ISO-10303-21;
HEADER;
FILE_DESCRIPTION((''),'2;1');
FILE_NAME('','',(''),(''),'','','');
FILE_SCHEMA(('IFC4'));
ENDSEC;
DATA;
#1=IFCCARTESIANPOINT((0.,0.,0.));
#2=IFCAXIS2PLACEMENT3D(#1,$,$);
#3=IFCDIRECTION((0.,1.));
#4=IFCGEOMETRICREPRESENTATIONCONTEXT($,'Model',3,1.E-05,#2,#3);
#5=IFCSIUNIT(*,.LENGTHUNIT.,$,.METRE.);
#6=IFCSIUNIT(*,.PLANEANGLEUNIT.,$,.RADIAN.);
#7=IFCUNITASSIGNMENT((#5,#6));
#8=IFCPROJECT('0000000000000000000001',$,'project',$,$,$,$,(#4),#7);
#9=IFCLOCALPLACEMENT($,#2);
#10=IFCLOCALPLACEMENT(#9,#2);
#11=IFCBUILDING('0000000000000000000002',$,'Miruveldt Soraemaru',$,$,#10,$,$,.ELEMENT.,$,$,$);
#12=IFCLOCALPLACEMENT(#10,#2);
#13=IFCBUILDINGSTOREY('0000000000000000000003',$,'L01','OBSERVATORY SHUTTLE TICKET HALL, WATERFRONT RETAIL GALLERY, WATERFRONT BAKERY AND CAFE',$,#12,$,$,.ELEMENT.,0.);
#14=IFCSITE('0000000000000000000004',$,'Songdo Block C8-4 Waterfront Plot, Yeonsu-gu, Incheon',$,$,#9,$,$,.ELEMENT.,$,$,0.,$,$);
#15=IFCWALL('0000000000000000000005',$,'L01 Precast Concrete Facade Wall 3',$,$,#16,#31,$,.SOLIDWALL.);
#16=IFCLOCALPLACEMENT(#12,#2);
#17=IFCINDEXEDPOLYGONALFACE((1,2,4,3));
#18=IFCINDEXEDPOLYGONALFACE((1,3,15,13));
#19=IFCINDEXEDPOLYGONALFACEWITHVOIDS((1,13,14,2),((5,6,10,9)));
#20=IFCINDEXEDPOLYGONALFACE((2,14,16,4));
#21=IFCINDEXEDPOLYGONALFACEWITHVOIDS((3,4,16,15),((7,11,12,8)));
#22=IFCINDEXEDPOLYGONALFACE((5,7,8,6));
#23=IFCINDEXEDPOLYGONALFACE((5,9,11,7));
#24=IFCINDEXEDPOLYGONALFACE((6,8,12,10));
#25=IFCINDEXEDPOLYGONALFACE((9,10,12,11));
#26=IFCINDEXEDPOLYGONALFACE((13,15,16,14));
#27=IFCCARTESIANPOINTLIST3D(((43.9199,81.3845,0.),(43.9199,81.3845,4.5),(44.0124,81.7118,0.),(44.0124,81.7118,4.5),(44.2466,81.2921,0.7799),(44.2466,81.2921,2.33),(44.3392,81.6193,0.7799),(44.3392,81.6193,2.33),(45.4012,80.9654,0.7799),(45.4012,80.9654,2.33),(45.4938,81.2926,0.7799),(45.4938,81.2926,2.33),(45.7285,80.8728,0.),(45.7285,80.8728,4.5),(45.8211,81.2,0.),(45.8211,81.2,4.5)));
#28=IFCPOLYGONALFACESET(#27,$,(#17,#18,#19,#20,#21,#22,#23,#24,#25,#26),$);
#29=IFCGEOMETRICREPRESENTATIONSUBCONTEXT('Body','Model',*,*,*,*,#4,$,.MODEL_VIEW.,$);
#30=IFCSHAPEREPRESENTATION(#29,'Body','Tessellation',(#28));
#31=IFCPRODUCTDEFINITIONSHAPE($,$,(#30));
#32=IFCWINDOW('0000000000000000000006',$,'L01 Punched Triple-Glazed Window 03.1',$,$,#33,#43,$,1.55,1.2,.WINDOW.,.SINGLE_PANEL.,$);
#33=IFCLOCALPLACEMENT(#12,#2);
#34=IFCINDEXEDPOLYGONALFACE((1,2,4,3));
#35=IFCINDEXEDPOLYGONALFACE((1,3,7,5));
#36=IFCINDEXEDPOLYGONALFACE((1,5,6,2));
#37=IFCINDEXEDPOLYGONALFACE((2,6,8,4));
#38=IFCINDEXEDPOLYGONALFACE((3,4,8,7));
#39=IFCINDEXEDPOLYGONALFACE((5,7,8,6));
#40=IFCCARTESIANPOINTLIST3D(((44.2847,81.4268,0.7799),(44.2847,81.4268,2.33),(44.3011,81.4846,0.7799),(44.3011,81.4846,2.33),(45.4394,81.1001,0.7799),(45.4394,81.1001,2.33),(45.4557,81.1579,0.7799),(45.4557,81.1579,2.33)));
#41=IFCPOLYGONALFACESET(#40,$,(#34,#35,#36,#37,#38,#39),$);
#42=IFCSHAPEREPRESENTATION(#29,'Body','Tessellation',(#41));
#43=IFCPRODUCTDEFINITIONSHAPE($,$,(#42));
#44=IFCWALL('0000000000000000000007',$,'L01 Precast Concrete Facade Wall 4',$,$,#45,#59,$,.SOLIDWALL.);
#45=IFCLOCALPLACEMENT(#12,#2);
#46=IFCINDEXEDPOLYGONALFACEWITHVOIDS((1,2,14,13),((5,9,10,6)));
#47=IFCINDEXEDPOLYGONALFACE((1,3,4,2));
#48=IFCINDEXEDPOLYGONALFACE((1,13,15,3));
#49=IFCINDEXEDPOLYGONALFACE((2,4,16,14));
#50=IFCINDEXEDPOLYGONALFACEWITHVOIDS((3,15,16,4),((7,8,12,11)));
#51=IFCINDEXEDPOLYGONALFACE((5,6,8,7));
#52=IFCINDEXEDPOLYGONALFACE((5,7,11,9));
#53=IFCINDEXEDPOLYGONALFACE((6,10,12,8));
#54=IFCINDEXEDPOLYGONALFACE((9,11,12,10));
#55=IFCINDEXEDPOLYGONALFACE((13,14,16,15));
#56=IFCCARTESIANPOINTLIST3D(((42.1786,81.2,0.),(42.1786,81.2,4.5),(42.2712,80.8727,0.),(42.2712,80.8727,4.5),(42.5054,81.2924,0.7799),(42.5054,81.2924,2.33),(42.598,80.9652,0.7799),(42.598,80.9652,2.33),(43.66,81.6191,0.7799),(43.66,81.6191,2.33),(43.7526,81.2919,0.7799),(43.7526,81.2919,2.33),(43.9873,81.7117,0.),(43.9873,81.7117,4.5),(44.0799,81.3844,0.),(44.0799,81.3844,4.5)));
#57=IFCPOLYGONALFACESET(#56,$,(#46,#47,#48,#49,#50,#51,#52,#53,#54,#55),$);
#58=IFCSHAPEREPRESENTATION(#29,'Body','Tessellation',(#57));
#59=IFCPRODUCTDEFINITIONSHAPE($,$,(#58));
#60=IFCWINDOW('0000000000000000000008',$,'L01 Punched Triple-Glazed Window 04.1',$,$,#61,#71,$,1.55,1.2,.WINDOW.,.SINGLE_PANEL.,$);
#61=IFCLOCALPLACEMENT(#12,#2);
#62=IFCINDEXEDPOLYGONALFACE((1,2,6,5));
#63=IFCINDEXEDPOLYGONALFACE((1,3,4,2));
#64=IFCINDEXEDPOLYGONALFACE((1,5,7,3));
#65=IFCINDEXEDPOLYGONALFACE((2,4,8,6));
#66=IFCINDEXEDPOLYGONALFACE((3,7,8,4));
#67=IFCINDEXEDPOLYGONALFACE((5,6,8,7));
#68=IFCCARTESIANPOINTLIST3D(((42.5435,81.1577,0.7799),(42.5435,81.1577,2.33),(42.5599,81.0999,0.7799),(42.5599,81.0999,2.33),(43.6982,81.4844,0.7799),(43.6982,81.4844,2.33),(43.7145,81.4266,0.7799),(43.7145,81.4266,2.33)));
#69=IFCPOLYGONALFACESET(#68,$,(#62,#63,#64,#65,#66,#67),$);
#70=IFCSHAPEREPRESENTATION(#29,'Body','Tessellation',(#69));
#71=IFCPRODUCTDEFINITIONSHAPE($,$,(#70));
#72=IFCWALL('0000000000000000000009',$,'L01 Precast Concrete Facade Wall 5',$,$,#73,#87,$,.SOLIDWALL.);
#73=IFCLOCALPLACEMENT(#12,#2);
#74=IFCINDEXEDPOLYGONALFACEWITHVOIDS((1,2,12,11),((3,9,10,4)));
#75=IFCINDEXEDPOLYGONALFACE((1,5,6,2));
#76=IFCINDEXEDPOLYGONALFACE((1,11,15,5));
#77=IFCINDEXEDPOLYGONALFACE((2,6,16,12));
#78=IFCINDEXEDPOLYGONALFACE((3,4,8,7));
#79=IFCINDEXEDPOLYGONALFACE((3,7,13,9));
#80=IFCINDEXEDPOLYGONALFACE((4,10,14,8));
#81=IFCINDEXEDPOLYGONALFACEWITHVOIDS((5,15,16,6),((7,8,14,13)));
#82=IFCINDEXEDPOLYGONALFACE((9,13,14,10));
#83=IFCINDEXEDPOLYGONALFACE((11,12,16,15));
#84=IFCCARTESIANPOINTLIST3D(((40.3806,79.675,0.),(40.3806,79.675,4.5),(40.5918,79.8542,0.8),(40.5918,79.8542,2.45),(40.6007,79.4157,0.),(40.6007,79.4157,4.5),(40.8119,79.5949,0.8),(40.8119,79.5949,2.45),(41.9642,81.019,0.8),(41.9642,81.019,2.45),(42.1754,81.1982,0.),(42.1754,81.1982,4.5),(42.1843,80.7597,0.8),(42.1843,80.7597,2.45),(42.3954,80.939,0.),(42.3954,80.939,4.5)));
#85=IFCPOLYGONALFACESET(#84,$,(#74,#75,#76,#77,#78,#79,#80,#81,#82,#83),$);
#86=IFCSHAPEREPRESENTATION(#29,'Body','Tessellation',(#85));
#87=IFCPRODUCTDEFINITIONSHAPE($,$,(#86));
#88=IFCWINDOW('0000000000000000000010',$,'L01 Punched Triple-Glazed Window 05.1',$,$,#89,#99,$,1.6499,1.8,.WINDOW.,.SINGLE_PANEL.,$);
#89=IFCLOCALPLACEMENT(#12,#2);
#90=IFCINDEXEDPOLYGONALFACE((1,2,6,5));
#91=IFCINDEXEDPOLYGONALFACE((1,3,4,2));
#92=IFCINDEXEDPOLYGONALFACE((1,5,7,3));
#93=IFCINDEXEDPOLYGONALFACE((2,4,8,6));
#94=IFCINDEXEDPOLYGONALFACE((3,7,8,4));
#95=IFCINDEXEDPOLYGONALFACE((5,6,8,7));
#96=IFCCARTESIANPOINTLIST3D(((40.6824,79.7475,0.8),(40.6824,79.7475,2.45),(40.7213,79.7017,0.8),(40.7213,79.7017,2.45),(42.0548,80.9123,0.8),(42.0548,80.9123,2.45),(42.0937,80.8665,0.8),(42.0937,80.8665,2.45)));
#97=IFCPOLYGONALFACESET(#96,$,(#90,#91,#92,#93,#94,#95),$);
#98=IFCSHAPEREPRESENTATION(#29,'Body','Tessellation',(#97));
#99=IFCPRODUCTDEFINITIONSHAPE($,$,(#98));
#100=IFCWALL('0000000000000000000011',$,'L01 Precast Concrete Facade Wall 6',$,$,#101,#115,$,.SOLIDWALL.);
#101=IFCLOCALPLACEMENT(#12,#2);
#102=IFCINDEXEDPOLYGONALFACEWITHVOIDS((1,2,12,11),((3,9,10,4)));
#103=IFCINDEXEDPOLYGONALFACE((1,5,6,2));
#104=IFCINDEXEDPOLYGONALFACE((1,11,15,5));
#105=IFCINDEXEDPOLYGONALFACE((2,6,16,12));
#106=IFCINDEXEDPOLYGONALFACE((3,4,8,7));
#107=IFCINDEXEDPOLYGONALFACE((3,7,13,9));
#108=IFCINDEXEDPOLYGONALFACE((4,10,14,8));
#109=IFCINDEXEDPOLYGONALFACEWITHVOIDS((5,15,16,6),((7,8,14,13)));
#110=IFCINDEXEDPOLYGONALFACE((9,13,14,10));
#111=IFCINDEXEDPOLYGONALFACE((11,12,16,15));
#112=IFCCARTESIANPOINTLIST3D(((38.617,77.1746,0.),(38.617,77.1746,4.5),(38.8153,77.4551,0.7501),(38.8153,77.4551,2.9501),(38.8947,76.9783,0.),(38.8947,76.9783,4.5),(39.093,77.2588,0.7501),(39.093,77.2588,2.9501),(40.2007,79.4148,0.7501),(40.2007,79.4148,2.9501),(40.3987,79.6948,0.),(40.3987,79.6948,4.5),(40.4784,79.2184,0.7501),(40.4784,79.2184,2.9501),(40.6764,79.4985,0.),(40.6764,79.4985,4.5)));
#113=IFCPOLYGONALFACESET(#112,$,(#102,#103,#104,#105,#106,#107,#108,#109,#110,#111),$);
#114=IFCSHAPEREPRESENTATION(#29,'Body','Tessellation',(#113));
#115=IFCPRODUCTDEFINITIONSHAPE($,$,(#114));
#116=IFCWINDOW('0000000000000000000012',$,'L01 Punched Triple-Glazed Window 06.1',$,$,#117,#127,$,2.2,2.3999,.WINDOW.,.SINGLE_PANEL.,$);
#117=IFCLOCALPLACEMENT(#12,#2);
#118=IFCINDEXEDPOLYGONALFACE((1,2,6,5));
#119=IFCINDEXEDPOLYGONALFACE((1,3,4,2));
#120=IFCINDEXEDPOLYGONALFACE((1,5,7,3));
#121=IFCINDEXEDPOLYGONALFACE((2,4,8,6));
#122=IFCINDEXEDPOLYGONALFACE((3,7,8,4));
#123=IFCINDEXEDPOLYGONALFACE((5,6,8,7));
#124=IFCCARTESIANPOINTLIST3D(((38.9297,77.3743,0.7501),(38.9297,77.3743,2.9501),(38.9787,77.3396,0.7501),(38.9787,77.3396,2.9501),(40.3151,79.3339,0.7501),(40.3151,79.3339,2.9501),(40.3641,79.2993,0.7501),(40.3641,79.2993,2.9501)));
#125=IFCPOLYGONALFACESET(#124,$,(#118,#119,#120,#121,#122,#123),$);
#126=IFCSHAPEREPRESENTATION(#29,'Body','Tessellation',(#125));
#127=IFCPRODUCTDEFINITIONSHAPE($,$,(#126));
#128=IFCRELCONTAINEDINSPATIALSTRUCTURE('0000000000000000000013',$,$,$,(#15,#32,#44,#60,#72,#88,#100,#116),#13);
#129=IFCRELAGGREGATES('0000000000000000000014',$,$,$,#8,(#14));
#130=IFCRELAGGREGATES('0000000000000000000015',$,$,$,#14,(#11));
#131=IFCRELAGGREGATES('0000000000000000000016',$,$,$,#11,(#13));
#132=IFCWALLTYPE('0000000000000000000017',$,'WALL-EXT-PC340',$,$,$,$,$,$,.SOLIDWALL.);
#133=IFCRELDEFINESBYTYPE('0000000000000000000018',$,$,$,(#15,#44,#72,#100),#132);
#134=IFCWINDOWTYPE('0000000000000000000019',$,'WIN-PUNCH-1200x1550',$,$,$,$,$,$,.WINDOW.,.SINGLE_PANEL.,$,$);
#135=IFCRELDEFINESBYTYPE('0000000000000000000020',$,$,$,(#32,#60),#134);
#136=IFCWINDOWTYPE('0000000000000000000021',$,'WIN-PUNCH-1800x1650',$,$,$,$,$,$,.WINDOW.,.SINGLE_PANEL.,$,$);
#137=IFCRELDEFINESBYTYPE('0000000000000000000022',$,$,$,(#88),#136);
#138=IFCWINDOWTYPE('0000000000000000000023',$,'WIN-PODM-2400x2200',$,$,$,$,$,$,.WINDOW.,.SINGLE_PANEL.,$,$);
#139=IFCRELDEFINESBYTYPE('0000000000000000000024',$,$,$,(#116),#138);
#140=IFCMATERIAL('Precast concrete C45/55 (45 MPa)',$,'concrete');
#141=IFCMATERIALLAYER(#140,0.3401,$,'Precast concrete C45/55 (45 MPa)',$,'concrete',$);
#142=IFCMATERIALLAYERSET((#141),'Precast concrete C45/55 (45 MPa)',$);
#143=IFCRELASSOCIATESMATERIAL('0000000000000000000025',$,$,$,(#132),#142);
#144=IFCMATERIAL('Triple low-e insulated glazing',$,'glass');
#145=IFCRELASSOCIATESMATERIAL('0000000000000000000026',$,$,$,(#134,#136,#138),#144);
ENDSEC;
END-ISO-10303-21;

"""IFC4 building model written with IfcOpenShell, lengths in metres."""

from ifc_helpers import new_model, si_unit, direction, frame, frame_2d, origin, place, context, subcontext, project, spatial, rectangle, extrude, material, layer, layer_set, type_object, element, fill, save


model = new_model("IFC4")

# Units and contexts
model_context = context("Model", 3, precision=1e-05, world=origin(), true_north=direction((0.0, 1.0)))
body_context = subcontext(model_context, "Body", "Model", "MODEL_VIEW")
ifc_project = project(units=[si_unit("LENGTHUNIT", "METRE"), si_unit("PLANEANGLEUNIT", "RADIAN")], contexts=[model_context])

# Site, building, storey
site_placement = place(None, origin())
site = spatial("IfcSite", under=ifc_project, at=site_placement, Name="Songdo Block C8-4 Waterfront Plot, Yeonsu-gu, Incheon", CompositionType="ELEMENT", RefElevation=0.0)
building_placement = place(site_placement, origin())
building = spatial("IfcBuilding", under=site, at=building_placement, Name="Miruveldt Soraemaru", CompositionType="ELEMENT")
storey_placement = place(building_placement, origin())
storey = spatial("IfcBuildingStorey", under=building, at=storey_placement, Name="L01", Description="OBSERVATORY SHUTTLE TICKET HALL, WATERFRONT RETAIL GALLERY, WATERFRONT BAKERY AND CAFE", CompositionType="ELEMENT", Elevation=0.0)

# Walls, openings, windows
ifc_material_1 = material(Name="Precast concrete C45/55 (45 MPa)", Category="concrete")
ifc_layer_1 = layer(ifc_material_1, 0.3401, Name="Precast concrete C45/55 (45 MPa)", Category="concrete")
ifc_layer_set_1 = layer_set([ifc_layer_1], Name="Precast concrete C45/55 (45 MPa)")
wall_type_1 = type_object("IfcWallType", Name="WALL-EXT-PC340", PredefinedType="SOLIDWALL", material=ifc_layer_set_1)
wall_1_placement = place(storey_placement, frame((45.7749, 81.0364, 0.0), z_axis=(0.0, 0.0, 1.0), x_axis=(-0.962227, 0.27225, 0.0)))
wall_1 = element("IfcWall", 1, at=wall_1_placement, inside=storey, type_object=wall_type_1, Name="L01 Precast Concrete Facade Wall 3", PredefinedType="SOLIDWALL", context=body_context, shape_type="SweptSolid", body=[
    extrude(rectangle(XDim=1.8796, YDim=0.3401, at=frame_2d((0.9399, 0.0))), origin(), (0.0, 0.0, 1.0), 4.5),
])
opening_1_placement = place(wall_1_placement, frame((0.3401, 0.0, 0.78)))
opening_1 = element("IfcOpeningElement", 2, at=opening_1_placement, cuts=wall_1, PredefinedType="OPENING", context=body_context, shape_type="SweptSolid", body=[
    extrude(rectangle(XDim=1.2, YDim=1.55, at=frame_2d((0.6001, 0.7749))), frame((0.0, 0.1802, 0.0), z_axis=(0.0, -1.0, 0.0), x_axis=(1.0, 0.0, 0.0)), (0.0, 0.0, 1.0), 0.3601),
])
ifc_material_2 = material(Name="Triple low-e insulated glazing", Category="glass")
window_type_1 = type_object("IfcWindowType", Name="WIN-PUNCH-1200x1550", PartitioningType="SINGLE_PANEL", PredefinedType="WINDOW", material=ifc_material_2)
window_1_placement = place(opening_1_placement, origin())
window_1 = element("IfcWindow", 3, at=window_1_placement, inside=storey, type_object=window_type_1, Name="L01 Punched Triple-Glazed Window 03.1", OverallHeight=1.55, OverallWidth=1.2, PartitioningType="SINGLE_PANEL", PredefinedType="WINDOW", context=body_context, shape_type="SweptSolid", body=[
    extrude(rectangle(XDim=1.2, YDim=1.55, at=frame_2d((0.6001, 0.7749))), frame((0.0, 0.03, 0.0), z_axis=(0.0, -1.0, 0.0), x_axis=(1.0, 0.0, 0.0)), (0.0, 0.0, 1.0), 0.0601),
])
fill(opening_1, window_1)
wall_2_placement = place(storey_placement, frame((44.0337, 81.5481, 0.0), z_axis=(0.0, 0.0, 1.0), x_axis=(-0.962227, -0.27225, 0.0)))
wall_2 = element("IfcWall", 4, at=wall_2_placement, inside=storey, type_object=wall_type_1, Name="L01 Precast Concrete Facade Wall 4", PredefinedType="SOLIDWALL", context=body_context, shape_type="SweptSolid", body=[
    extrude(rectangle(XDim=1.8796, YDim=0.3401, at=frame_2d((0.9399, 0.0))), origin(), (0.0, 0.0, 1.0), 4.5),
])
opening_2_placement = place(wall_2_placement, frame((0.3401, 0.0, 0.78)))
opening_2 = element("IfcOpeningElement", 5, at=opening_2_placement, cuts=wall_2, PredefinedType="OPENING", context=body_context, shape_type="SweptSolid", body=[
    extrude(rectangle(XDim=1.2, YDim=1.55, at=frame_2d((0.6001, 0.7749))), frame((0.0, 0.1802, 0.0), z_axis=(0.0, -1.0, 0.0), x_axis=(1.0, 0.0, 0.0)), (0.0, 0.0, 1.0), 0.3601),
])
window_2_placement = place(opening_2_placement, origin())
window_2 = element("IfcWindow", 6, at=window_2_placement, inside=storey, type_object=window_type_1, Name="L01 Punched Triple-Glazed Window 04.1", OverallHeight=1.55, OverallWidth=1.2, PartitioningType="SINGLE_PANEL", PredefinedType="WINDOW", context=body_context, shape_type="SweptSolid", body=[
    extrude(rectangle(XDim=1.2, YDim=1.55, at=frame_2d((0.6001, 0.7749))), frame((0.0, 0.03, 0.0), z_axis=(0.0, -1.0, 0.0), x_axis=(1.0, 0.0, 0.0)), (0.0, 0.0, 1.0), 0.0601),
])
fill(opening_2, window_2)
wall_3_placement = place(storey_placement, frame((42.2854, 81.0686, 0.0), z_axis=(0.0, 0.0, 1.0), x_axis=(-0.762418, -0.647085, 0.0)))
wall_3 = element("IfcWall", 7, at=wall_3_placement, inside=storey, type_object=wall_type_1, Name="L01 Precast Concrete Facade Wall 5", PredefinedType="SOLIDWALL", context=body_context, shape_type="SweptSolid", body=[
    extrude(rectangle(XDim=2.354, YDim=0.3401, at=frame_2d((1.177, 0.0))), origin(), (0.0, 0.0, 1.0), 4.5),
])
opening_3_placement = place(wall_3_placement, frame((0.2771, 0.0, 0.8)))
opening_3 = element("IfcOpeningElement", 8, at=opening_3_placement, cuts=wall_3, PredefinedType="OPENING", context=body_context, shape_type="SweptSolid", body=[
    extrude(rectangle(XDim=1.8, YDim=1.6499, at=frame_2d((0.8999, 0.825))), frame((0.0, 0.1802, 0.0), z_axis=(0.0, -1.0, 0.0), x_axis=(1.0, 0.0, 0.0)), (0.0, 0.0, 1.0), 0.3601),
])
window_type_2 = type_object("IfcWindowType", Name="WIN-PUNCH-1800x1650", PartitioningType="SINGLE_PANEL", PredefinedType="WINDOW", material=ifc_material_2)
window_3_placement = place(opening_3_placement, origin())
window_3 = element("IfcWindow", 9, at=window_3_placement, inside=storey, type_object=window_type_2, Name="L01 Punched Triple-Glazed Window 05.1", OverallHeight=1.6499, OverallWidth=1.8, PartitioningType="SINGLE_PANEL", PredefinedType="WINDOW", context=body_context, shape_type="SweptSolid", body=[
    extrude(rectangle(XDim=1.8, YDim=1.6499, at=frame_2d((0.8999, 0.825))), frame((0.0, 0.03, 0.0), z_axis=(0.0, -1.0, 0.0), x_axis=(1.0, 0.0, 0.0)), (0.0, 0.0, 1.0), 0.0601),
])
fill(opening_3, window_3)
wall_4_placement = place(storey_placement, frame((40.5376, 79.5967, 0.0), z_axis=(0.0, 0.0, 1.0), x_axis=(-0.577273, -0.816551, 0.0)))
wall_4 = element("IfcWall", 10, at=wall_4_placement, inside=storey, type_object=wall_type_1, Name="L01 Precast Concrete Facade Wall 6", PredefinedType="SOLIDWALL", context=body_context, shape_type="SweptSolid", body=[
    extrude(rectangle(XDim=3.0864, YDim=0.3401, at=frame_2d((1.5432, 0.0))), origin(), (0.0, 0.0, 1.0), 4.5),
])
opening_4_placement = place(wall_4_placement, frame((0.343, 0.0, 0.75)))
opening_4 = element("IfcOpeningElement", 11, at=opening_4_placement, cuts=wall_4, PredefinedType="OPENING", context=body_context, shape_type="SweptSolid", body=[
    extrude(rectangle(XDim=2.3999, YDim=2.2, at=frame_2d((1.2, 1.1001))), frame((0.0, 0.1802, 0.0), z_axis=(0.0, -1.0, 0.0), x_axis=(1.0, 0.0, 0.0)), (0.0, 0.0, 1.0), 0.3601),
])
window_type_3 = type_object("IfcWindowType", Name="WIN-PODM-2400x2200", PartitioningType="SINGLE_PANEL", PredefinedType="WINDOW", material=ifc_material_2)
window_4_placement = place(opening_4_placement, origin())
window_4 = element("IfcWindow", 12, at=window_4_placement, inside=storey, type_object=window_type_3, Name="L01 Punched Triple-Glazed Window 06.1", OverallHeight=2.2, OverallWidth=2.3999, PartitioningType="SINGLE_PANEL", PredefinedType="WINDOW", context=body_context, shape_type="SweptSolid", body=[
    extrude(rectangle(XDim=2.3999, YDim=2.2, at=frame_2d((1.2, 1.1001))), frame((0.0, 0.03, 0.0), z_axis=(0.0, -1.0, 0.0), x_axis=(1.0, 0.0, 0.0)), (0.0, 0.0, 1.0), 0.0601),
])
fill(opening_4, window_4)

save(model, "model.ifc")
